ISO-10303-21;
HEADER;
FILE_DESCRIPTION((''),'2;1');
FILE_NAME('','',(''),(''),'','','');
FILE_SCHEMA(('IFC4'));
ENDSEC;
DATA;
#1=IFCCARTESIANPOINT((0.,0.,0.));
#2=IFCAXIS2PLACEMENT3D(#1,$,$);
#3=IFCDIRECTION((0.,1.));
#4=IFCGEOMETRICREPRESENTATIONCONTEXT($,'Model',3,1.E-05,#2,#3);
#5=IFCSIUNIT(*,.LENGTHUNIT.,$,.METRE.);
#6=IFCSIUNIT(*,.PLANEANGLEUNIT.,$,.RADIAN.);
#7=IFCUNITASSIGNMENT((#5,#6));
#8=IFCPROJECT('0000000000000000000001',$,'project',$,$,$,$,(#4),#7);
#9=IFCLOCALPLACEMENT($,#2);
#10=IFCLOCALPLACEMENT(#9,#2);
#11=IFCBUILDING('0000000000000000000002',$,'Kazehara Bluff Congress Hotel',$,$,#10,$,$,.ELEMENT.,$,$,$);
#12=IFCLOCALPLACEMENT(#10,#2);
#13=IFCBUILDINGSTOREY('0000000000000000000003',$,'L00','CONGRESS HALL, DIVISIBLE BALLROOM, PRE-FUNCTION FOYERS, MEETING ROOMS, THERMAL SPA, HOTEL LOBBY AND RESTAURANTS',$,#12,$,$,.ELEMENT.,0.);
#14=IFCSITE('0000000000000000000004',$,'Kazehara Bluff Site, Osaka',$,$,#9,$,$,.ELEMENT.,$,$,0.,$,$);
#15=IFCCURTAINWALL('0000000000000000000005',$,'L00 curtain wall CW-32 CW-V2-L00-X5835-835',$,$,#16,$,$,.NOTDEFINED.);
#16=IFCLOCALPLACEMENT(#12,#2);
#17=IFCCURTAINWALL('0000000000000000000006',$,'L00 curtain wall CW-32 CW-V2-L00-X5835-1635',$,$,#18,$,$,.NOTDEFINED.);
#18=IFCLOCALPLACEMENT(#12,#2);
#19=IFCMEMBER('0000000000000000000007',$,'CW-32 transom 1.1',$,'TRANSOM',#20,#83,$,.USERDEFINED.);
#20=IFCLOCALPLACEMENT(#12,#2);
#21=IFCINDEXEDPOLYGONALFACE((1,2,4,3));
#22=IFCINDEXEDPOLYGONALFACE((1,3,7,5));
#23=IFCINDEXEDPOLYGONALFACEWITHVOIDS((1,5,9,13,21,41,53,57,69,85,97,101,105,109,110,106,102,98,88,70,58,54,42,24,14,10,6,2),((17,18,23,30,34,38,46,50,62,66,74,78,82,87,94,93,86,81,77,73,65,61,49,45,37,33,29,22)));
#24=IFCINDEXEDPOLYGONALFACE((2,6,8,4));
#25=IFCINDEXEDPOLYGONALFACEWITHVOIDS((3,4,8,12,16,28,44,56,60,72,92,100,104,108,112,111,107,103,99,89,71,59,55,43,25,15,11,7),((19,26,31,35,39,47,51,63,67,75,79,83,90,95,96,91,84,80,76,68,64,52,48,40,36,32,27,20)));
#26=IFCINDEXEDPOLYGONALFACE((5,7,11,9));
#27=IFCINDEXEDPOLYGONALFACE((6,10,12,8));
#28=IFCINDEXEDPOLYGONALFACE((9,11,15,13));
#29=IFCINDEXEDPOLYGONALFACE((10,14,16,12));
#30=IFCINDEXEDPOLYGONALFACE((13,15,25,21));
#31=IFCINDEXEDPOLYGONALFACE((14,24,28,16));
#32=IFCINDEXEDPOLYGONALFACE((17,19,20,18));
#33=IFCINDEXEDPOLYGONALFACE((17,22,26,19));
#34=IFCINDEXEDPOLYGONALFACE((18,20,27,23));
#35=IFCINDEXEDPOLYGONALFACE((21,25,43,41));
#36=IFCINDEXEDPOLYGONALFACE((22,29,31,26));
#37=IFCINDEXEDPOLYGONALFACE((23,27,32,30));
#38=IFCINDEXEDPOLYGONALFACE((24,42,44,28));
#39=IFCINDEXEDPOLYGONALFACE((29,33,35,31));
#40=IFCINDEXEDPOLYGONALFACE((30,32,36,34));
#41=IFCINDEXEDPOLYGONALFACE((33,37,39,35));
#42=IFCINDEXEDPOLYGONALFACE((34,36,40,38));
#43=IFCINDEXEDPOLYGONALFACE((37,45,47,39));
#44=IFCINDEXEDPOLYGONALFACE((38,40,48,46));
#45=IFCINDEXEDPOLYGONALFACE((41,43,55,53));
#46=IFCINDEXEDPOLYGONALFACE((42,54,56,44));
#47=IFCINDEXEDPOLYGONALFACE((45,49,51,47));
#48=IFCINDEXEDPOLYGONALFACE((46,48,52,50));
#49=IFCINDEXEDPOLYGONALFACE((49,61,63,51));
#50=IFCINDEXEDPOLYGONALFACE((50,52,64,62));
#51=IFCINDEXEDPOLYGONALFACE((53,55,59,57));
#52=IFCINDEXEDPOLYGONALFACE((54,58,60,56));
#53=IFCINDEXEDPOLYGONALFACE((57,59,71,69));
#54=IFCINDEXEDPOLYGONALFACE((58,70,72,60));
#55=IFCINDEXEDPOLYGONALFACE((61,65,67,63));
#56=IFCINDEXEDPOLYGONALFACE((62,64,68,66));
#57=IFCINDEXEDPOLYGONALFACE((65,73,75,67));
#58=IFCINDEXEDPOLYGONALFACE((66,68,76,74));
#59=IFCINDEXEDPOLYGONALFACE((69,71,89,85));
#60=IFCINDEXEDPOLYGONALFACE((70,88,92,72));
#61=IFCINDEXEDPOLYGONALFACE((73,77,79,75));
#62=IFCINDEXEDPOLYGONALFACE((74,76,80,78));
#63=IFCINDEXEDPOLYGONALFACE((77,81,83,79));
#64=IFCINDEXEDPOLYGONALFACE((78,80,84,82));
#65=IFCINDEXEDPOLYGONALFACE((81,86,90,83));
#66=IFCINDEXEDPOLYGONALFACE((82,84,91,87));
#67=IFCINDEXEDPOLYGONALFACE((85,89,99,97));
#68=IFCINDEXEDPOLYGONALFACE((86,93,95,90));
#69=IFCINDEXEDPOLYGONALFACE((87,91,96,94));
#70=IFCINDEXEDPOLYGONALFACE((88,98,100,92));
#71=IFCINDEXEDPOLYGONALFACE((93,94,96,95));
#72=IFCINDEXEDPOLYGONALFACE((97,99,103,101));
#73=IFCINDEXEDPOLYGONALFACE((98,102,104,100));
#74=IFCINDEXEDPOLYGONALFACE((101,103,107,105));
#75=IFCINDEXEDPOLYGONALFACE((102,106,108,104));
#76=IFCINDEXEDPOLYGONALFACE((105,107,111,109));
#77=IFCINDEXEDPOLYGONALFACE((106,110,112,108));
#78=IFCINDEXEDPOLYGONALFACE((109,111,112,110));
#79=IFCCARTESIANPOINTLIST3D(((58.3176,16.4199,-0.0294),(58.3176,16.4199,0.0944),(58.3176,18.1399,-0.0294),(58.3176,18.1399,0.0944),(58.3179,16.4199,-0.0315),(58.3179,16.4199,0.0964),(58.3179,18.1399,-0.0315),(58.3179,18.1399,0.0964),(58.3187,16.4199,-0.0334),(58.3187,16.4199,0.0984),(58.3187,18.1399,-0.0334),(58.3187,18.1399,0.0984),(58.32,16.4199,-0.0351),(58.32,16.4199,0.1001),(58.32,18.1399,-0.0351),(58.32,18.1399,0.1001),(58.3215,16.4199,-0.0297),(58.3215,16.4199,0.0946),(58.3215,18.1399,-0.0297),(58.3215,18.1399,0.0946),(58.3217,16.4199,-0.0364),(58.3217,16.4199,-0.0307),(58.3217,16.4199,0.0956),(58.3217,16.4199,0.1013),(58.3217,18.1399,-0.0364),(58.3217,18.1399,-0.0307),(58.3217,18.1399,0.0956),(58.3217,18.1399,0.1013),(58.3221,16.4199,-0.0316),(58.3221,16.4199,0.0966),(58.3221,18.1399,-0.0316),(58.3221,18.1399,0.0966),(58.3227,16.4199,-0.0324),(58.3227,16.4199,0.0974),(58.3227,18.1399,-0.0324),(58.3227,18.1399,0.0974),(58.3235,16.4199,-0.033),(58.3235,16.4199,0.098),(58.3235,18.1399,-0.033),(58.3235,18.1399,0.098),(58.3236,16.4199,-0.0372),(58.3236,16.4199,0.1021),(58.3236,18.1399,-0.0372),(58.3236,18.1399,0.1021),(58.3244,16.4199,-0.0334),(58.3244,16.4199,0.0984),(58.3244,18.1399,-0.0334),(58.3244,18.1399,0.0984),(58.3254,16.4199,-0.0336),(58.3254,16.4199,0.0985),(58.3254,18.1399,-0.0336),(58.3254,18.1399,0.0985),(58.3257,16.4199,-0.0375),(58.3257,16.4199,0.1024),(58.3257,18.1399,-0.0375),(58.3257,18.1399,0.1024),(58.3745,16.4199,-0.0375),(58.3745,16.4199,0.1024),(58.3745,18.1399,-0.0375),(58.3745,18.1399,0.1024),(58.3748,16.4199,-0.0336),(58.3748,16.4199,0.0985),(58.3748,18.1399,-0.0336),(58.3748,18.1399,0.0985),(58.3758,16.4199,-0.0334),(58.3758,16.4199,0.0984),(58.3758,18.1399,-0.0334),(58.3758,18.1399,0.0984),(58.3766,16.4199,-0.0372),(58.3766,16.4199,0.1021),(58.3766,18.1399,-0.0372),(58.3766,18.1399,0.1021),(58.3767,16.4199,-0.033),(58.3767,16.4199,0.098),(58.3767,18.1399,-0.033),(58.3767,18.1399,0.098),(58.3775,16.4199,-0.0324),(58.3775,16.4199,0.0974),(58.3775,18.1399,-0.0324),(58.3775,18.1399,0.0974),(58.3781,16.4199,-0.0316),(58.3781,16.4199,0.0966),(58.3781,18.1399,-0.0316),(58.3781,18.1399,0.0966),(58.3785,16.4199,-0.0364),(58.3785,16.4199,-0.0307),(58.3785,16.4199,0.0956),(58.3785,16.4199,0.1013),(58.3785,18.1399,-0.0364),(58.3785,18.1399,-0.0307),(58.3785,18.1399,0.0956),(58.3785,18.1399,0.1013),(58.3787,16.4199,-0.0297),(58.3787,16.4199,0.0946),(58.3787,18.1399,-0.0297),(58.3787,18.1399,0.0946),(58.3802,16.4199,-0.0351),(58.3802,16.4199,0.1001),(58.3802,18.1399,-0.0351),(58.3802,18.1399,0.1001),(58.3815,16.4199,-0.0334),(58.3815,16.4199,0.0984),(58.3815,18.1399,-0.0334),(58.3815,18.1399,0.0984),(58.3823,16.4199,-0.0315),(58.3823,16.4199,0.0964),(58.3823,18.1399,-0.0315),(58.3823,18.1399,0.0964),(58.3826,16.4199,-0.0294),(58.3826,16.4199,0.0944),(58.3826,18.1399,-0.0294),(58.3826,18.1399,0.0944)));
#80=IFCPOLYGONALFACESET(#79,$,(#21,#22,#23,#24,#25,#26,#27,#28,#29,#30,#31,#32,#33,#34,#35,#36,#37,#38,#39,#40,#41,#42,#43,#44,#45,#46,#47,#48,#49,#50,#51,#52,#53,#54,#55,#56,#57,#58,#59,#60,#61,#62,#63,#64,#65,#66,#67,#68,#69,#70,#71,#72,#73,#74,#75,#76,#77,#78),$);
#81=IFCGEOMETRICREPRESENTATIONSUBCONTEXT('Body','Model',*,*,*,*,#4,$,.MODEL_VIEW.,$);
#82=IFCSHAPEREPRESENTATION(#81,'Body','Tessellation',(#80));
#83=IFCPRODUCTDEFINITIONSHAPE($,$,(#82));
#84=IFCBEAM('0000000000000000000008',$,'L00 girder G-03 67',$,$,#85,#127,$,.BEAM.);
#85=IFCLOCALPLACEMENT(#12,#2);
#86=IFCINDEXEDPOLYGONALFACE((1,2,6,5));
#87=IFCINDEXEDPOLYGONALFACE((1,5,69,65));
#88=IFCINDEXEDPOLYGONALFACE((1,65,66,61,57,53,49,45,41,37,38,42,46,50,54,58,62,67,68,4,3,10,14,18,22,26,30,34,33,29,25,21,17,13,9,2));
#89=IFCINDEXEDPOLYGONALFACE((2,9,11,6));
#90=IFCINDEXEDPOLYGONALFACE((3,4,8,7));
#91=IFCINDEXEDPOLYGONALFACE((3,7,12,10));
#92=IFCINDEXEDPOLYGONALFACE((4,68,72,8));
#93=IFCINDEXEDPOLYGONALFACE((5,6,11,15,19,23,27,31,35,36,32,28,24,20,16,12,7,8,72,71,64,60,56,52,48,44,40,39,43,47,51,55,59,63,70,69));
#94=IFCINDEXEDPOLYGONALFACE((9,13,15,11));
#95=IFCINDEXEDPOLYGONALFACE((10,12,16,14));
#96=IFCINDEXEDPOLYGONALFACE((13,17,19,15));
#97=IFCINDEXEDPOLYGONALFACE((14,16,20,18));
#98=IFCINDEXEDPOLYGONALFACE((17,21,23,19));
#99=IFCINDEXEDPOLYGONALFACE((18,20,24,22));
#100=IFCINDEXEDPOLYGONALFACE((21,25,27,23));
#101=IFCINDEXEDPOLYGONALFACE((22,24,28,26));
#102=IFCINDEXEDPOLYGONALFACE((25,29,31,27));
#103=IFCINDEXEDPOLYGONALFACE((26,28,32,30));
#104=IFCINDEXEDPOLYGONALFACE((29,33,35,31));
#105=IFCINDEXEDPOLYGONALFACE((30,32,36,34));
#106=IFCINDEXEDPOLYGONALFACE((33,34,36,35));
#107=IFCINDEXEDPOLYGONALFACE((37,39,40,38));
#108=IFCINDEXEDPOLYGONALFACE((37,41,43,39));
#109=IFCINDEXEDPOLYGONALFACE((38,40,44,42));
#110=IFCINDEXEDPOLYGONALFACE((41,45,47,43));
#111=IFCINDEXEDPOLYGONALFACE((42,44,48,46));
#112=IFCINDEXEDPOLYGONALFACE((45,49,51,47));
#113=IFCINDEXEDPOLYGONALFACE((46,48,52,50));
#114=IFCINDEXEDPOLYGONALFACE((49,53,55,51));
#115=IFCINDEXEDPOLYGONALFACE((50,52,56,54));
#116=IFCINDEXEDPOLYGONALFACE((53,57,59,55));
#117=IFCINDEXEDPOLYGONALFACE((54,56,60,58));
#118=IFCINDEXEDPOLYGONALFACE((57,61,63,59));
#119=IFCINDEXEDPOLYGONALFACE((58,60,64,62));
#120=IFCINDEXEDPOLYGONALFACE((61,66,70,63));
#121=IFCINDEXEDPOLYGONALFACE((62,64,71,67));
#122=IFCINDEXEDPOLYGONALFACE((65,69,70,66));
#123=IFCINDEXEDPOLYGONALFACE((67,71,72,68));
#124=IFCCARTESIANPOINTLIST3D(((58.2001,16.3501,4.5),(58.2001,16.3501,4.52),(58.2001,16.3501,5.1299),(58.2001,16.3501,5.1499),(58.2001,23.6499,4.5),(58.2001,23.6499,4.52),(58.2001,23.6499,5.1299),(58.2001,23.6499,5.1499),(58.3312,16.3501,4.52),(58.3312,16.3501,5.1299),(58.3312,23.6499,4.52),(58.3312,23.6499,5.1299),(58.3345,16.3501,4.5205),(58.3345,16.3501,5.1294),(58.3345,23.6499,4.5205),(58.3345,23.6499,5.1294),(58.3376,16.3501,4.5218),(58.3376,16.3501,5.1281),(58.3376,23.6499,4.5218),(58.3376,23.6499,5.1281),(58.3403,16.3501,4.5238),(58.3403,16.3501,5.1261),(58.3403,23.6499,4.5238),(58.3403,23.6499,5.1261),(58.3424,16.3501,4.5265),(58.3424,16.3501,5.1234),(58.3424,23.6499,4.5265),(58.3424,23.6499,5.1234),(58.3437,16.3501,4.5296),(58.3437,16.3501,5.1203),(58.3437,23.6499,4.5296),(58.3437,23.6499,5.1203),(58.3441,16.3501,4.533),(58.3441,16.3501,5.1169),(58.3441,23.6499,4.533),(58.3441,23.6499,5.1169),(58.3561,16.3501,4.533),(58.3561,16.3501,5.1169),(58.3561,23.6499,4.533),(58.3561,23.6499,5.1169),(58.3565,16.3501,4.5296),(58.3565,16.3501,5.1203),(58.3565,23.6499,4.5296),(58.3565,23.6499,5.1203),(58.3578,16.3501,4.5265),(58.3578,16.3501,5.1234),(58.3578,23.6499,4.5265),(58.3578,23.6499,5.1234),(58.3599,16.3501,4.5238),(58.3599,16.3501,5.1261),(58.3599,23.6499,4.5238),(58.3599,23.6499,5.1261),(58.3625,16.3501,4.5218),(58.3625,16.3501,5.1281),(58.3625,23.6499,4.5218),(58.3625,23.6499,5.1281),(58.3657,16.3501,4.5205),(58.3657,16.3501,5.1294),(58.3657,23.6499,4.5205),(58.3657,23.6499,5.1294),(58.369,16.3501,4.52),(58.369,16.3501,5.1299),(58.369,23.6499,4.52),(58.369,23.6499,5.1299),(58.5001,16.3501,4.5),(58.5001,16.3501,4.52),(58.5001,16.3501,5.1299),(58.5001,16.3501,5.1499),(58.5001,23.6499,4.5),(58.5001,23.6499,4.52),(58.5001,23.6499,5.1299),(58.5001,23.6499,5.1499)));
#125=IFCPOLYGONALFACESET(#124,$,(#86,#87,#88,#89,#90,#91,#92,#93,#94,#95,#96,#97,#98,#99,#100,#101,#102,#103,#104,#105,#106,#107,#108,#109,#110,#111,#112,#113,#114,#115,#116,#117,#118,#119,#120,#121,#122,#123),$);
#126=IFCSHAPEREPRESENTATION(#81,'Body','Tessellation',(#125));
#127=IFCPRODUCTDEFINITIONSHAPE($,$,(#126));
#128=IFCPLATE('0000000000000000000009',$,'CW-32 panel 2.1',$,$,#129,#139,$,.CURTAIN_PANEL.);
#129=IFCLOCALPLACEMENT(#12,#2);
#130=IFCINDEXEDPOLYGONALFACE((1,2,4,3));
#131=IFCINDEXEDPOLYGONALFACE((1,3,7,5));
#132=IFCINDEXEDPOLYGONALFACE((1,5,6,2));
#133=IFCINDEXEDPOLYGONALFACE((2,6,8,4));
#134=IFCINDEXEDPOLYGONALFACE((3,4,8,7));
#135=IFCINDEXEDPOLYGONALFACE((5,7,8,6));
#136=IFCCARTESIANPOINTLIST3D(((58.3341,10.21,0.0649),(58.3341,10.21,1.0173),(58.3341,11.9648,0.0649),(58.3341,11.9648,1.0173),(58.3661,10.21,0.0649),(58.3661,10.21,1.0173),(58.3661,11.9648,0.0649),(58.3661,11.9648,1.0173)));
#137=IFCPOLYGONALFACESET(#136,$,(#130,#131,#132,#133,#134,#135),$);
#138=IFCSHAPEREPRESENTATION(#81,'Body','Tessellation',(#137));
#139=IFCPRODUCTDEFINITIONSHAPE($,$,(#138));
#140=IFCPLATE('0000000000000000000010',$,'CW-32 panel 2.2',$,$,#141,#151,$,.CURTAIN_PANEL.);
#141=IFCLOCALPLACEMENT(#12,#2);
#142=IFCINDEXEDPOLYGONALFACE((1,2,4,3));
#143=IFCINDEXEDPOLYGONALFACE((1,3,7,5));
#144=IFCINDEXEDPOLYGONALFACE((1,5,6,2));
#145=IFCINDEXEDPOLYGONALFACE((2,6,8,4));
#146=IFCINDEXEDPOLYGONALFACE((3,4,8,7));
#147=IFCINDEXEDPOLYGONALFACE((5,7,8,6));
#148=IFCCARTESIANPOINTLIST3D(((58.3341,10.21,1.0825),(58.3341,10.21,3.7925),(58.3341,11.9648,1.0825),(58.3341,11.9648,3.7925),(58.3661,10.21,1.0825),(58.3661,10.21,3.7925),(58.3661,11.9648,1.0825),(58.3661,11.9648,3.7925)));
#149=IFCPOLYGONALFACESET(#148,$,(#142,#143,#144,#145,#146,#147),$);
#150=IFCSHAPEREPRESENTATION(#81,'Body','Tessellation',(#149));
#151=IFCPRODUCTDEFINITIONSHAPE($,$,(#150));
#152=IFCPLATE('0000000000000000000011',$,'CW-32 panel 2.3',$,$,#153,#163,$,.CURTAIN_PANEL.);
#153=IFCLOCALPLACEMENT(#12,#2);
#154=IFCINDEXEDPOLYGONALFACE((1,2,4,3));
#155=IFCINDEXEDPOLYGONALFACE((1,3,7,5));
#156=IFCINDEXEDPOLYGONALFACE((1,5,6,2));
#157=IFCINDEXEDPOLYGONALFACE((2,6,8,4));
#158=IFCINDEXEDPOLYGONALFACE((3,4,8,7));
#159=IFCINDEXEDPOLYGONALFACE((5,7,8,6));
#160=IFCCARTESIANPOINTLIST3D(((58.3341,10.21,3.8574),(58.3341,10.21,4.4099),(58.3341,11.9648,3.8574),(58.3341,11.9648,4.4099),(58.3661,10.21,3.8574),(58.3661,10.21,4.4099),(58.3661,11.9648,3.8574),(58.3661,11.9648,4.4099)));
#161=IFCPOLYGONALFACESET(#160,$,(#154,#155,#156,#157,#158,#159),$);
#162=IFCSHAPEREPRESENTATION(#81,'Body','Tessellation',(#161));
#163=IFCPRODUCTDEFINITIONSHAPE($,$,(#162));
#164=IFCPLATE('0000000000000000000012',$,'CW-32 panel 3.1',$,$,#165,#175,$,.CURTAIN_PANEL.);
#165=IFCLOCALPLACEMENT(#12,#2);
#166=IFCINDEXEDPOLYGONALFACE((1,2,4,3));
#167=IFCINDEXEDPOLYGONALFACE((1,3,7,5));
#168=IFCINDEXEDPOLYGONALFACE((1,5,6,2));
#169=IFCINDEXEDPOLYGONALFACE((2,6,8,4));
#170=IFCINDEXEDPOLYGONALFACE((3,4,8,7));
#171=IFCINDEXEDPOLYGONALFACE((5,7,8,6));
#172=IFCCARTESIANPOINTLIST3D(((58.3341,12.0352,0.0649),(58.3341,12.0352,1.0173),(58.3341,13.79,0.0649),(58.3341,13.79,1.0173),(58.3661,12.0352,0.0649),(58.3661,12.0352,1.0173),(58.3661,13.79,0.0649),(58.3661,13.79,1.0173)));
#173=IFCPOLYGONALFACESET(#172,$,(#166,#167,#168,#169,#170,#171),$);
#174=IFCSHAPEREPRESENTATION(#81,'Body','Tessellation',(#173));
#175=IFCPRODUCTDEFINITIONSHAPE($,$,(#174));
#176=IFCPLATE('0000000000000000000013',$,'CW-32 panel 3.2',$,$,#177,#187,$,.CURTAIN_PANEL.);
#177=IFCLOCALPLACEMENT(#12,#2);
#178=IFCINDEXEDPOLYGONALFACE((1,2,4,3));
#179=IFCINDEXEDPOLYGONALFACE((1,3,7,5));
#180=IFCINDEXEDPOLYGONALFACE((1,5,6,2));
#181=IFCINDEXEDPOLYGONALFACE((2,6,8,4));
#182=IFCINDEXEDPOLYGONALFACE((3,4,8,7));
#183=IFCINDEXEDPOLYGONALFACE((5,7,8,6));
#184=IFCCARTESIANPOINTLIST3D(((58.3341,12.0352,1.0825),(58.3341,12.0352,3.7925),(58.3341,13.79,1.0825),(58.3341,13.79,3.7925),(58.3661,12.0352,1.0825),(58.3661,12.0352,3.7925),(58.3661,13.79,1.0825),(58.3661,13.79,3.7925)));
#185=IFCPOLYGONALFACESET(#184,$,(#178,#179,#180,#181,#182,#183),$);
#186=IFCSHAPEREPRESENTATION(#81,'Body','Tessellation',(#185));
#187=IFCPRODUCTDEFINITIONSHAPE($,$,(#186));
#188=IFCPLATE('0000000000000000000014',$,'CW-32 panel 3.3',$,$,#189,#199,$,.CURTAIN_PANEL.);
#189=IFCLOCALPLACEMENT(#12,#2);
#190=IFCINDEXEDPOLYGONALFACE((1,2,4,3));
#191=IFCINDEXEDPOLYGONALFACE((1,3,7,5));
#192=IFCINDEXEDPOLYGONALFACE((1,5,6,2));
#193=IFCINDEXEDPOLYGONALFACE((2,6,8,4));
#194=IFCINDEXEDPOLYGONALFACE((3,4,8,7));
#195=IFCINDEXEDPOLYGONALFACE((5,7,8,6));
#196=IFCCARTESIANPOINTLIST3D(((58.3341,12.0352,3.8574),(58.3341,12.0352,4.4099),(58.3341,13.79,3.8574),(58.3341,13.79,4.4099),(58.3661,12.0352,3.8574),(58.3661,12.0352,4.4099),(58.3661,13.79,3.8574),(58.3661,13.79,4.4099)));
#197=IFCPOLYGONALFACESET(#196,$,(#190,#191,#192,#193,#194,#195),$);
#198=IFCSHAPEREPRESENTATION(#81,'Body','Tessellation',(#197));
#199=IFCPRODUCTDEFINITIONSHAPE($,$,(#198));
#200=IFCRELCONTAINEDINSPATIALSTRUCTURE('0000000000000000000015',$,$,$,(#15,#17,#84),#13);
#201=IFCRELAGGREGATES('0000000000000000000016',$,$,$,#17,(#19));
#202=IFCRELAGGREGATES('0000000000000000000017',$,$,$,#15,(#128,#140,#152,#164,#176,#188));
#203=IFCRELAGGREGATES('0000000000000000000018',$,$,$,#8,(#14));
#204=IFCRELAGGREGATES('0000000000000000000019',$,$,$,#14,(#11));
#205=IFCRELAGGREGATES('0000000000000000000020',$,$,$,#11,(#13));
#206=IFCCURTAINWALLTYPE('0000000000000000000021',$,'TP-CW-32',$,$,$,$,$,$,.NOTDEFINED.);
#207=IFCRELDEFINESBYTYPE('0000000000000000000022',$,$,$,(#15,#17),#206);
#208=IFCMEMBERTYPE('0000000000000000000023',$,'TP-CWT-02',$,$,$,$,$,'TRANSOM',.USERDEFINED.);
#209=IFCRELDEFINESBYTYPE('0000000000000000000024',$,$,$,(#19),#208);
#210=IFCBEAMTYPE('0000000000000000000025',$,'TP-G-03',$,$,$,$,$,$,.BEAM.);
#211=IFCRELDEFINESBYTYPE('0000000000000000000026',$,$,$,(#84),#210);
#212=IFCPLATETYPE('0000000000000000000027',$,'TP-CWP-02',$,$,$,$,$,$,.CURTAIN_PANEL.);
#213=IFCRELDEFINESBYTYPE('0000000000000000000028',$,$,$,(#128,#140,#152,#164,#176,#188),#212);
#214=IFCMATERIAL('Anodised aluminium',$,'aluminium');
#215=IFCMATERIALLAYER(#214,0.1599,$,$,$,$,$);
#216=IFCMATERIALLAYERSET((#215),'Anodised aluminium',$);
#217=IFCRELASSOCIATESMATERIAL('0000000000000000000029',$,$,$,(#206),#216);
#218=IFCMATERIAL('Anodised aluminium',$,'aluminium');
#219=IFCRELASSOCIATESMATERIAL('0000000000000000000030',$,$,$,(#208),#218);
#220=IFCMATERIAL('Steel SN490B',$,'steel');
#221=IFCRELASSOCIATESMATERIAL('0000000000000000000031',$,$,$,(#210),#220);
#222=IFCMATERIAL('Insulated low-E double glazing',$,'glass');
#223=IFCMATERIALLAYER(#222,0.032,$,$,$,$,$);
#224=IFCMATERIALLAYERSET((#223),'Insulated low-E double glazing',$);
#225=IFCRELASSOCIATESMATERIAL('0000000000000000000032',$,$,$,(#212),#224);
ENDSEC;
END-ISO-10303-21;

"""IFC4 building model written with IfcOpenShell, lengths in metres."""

from ifc_helpers import new_model, si_unit, direction, frame, origin, origin_2d, place, context, subcontext, project, spatial, rectangle, hollow_rectangle, i_section, extrude, material, layer, layer_set, material_profile, profile_set, type_object, element, aggregate, save


model = new_model("IFC4")

# Units and contexts
model_context = context("Model", 3, precision=1e-05, world=origin(), true_north=direction((0.0, 1.0)))
body_context = subcontext(model_context, "Body", "Model", "MODEL_VIEW")
ifc_project = project(units=[si_unit("LENGTHUNIT", "METRE"), si_unit("PLANEANGLEUNIT", "RADIAN")], contexts=[model_context])

# Site, building, storey
site_placement = place(None, origin())
site = spatial("IfcSite", under=ifc_project, at=site_placement, Name="Kazehara Bluff Site, Osaka", CompositionType="ELEMENT", RefElevation=0.0)
building_placement = place(site_placement, origin())
building = spatial("IfcBuilding", under=site, at=building_placement, Name="Kazehara Bluff Congress Hotel", CompositionType="ELEMENT")
storey_placement = place(building_placement, origin())
storey = spatial("IfcBuildingStorey", under=building, at=storey_placement, Name="L00", Description="CONGRESS HALL, DIVISIBLE BALLROOM, PRE-FUNCTION FOYERS, MEETING ROOMS, THERMAL SPA, HOTEL LOBBY AND RESTAURANTS", CompositionType="ELEMENT", Elevation=0.0)

# Curtain wall
ifc_material_1 = material(Name="Anodised aluminium", Category="aluminium")
ifc_layer_1 = layer(ifc_material_1, 0.1599)
ifc_layer_set_1 = layer_set([ifc_layer_1], Name="Anodised aluminium")
curtain_wall_type = type_object("IfcCurtainWallType", Name="TP-CW-32", PredefinedType="NOTDEFINED", material=ifc_layer_set_1)
curtain_wall_1_placement = place(storey_placement, origin())
curtain_wall_1 = element("IfcCurtainWall", 1, at=curtain_wall_1_placement, inside=storey, type_object=curtain_wall_type, Name="L00 curtain wall CW-32 CW-V2-L00-X5835-835", PredefinedType="NOTDEFINED")

# Curtain wall
curtain_wall_2_placement = place(storey_placement, origin())
curtain_wall_2 = element("IfcCurtainWall", 2, at=curtain_wall_2_placement, inside=storey, type_object=curtain_wall_type, Name="L00 curtain wall CW-32 CW-V2-L00-X5835-1635", PredefinedType="NOTDEFINED")

# Member
ifc_material_2 = material(Name="Anodised aluminium", Category="aluminium")
ifc_material_profile_1 = material_profile(ifc_material_2, hollow_rectangle(XDim=0.0649, YDim=0.1399, WallThickness=0.0039, InnerFilletRadius=0.0039, OuterFilletRadius=0.0081, at=origin_2d()))
ifc_profile_set_1 = profile_set([ifc_material_profile_1], Name="Anodised aluminium")
member_type_1 = type_object("IfcMemberType", Name="TP-CWT-02", ElementType="TRANSOM", PredefinedType="USERDEFINED", material=ifc_profile_set_1)
member_1_placement = place(storey_placement, frame((58.3501, 16.4199, 0.0325), z_axis=(0.0, 1.0, 0.0), x_axis=(-1.0, 0.0, 0.0)))
member_1 = element("IfcMember", 3, at=member_1_placement, type_object=member_type_1, Name="CW-32 transom 1.1", ObjectType="TRANSOM", PredefinedType="USERDEFINED", context=body_context, shape_type="SweptSolid", body=[
    extrude(hollow_rectangle(XDim=0.0649, YDim=0.1399, WallThickness=0.0039, InnerFilletRadius=0.0039, OuterFilletRadius=0.0081, at=origin_2d()), origin(), (0.0, 0.0, 1.0), 1.72),
])
aggregate(curtain_wall_2, [member_1])

# Beam
ifc_material_3 = material(Name="Steel SN490B", Category="steel")
ifc_material_profile_2 = material_profile(ifc_material_3, i_section(OverallWidth=0.3, OverallDepth=0.6499, WebThickness=0.012, FlangeThickness=0.02, FilletRadius=0.0129, at=origin_2d()))
ifc_profile_set_2 = profile_set([ifc_material_profile_2], Name="Steel SN490B")
beam_type = type_object("IfcBeamType", Name="TP-G-03", PredefinedType="BEAM", material=ifc_profile_set_2)
beam_placement = place(storey_placement, frame((58.3501, 16.3501, 4.825), z_axis=(0.0, 1.0, 0.0), x_axis=(-1.0, 0.0, 0.0)))
element("IfcBeam", 4, at=beam_placement, inside=storey, type_object=beam_type, Name="L00 girder G-03 67", PredefinedType="BEAM", context=body_context, shape_type="SweptSolid", body=[
    extrude(i_section(OverallWidth=0.3, OverallDepth=0.6499, WebThickness=0.012, FlangeThickness=0.02, FilletRadius=0.0129, at=origin_2d()), origin(), (0.0, 0.0, 1.0), 7.2998),
])

# Plates
ifc_material_4 = material(Name="Insulated low-E double glazing", Category="glass")
ifc_layer_2 = layer(ifc_material_4, 0.032)
ifc_layer_set_2 = layer_set([ifc_layer_2], Name="Insulated low-E double glazing")
plate_type = type_object("IfcPlateType", Name="TP-CWP-02", PredefinedType="CURTAIN_PANEL", material=ifc_layer_set_2)
plate_1_placement = place(storey_placement, frame((58.3501, 11.0874, 0.0649), z_axis=(0.0, 0.0, 1.0), x_axis=(0.0, 1.0, 0.0)))
plate_1 = element("IfcPlate", 5, at=plate_1_placement, type_object=plate_type, Name="CW-32 panel 2.1", PredefinedType="CURTAIN_PANEL", context=body_context, shape_type="SweptSolid", body=[
    extrude(rectangle(XDim=1.7549, YDim=0.032, at=origin_2d()), origin(), (0.0, 0.0, 1.0), 0.9524),
])
plate_2_placement = place(storey_placement, frame((58.3501, 11.0874, 1.0825), z_axis=(0.0, 0.0, 1.0), x_axis=(0.0, 1.0, 0.0)))
plate_2 = element("IfcPlate", 6, at=plate_2_placement, type_object=plate_type, Name="CW-32 panel 2.2", PredefinedType="CURTAIN_PANEL", context=body_context, shape_type="SweptSolid", body=[
    extrude(rectangle(XDim=1.7549, YDim=0.032, at=origin_2d()), origin(), (0.0, 0.0, 1.0), 2.71),
])
plate_3_placement = place(storey_placement, frame((58.3501, 11.0874, 3.8574), z_axis=(0.0, 0.0, 1.0), x_axis=(0.0, 1.0, 0.0)))
plate_3 = element("IfcPlate", 7, at=plate_3_placement, type_object=plate_type, Name="CW-32 panel 2.3", PredefinedType="CURTAIN_PANEL", context=body_context, shape_type="SweptSolid", body=[
    extrude(rectangle(XDim=1.7549, YDim=0.032, at=origin_2d()), origin(), (0.0, 0.0, 1.0), 0.5525),
])
plate_4_placement = place(storey_placement, frame((58.3501, 12.9126, 0.0649), z_axis=(0.0, 0.0, 1.0), x_axis=(0.0, 1.0, 0.0)))
plate_4 = element("IfcPlate", 8, at=plate_4_placement, type_object=plate_type, Name="CW-32 panel 3.1", PredefinedType="CURTAIN_PANEL", context=body_context, shape_type="SweptSolid", body=[
    extrude(rectangle(XDim=1.7549, YDim=0.032, at=origin_2d()), origin(), (0.0, 0.0, 1.0), 0.9524),
])
plate_5_placement = place(storey_placement, frame((58.3501, 12.9126, 1.0825), z_axis=(0.0, 0.0, 1.0), x_axis=(0.0, 1.0, 0.0)))
plate_5 = element("IfcPlate", 9, at=plate_5_placement, type_object=plate_type, Name="CW-32 panel 3.2", PredefinedType="CURTAIN_PANEL", context=body_context, shape_type="SweptSolid", body=[
    extrude(rectangle(XDim=1.7549, YDim=0.032, at=origin_2d()), origin(), (0.0, 0.0, 1.0), 2.71),
])
plate_6_placement = place(storey_placement, frame((58.3501, 12.9126, 3.8574), z_axis=(0.0, 0.0, 1.0), x_axis=(0.0, 1.0, 0.0)))
plate_6 = element("IfcPlate", 10, at=plate_6_placement, type_object=plate_type, Name="CW-32 panel 3.3", PredefinedType="CURTAIN_PANEL", context=body_context, shape_type="SweptSolid", body=[
    extrude(rectangle(XDim=1.7549, YDim=0.032, at=origin_2d()), origin(), (0.0, 0.0, 1.0), 0.5525),
])
aggregate(curtain_wall_1, [plate_1, plate_2, plate_3, plate_4, plate_5, plate_6])

save(model, "model.ifc")
